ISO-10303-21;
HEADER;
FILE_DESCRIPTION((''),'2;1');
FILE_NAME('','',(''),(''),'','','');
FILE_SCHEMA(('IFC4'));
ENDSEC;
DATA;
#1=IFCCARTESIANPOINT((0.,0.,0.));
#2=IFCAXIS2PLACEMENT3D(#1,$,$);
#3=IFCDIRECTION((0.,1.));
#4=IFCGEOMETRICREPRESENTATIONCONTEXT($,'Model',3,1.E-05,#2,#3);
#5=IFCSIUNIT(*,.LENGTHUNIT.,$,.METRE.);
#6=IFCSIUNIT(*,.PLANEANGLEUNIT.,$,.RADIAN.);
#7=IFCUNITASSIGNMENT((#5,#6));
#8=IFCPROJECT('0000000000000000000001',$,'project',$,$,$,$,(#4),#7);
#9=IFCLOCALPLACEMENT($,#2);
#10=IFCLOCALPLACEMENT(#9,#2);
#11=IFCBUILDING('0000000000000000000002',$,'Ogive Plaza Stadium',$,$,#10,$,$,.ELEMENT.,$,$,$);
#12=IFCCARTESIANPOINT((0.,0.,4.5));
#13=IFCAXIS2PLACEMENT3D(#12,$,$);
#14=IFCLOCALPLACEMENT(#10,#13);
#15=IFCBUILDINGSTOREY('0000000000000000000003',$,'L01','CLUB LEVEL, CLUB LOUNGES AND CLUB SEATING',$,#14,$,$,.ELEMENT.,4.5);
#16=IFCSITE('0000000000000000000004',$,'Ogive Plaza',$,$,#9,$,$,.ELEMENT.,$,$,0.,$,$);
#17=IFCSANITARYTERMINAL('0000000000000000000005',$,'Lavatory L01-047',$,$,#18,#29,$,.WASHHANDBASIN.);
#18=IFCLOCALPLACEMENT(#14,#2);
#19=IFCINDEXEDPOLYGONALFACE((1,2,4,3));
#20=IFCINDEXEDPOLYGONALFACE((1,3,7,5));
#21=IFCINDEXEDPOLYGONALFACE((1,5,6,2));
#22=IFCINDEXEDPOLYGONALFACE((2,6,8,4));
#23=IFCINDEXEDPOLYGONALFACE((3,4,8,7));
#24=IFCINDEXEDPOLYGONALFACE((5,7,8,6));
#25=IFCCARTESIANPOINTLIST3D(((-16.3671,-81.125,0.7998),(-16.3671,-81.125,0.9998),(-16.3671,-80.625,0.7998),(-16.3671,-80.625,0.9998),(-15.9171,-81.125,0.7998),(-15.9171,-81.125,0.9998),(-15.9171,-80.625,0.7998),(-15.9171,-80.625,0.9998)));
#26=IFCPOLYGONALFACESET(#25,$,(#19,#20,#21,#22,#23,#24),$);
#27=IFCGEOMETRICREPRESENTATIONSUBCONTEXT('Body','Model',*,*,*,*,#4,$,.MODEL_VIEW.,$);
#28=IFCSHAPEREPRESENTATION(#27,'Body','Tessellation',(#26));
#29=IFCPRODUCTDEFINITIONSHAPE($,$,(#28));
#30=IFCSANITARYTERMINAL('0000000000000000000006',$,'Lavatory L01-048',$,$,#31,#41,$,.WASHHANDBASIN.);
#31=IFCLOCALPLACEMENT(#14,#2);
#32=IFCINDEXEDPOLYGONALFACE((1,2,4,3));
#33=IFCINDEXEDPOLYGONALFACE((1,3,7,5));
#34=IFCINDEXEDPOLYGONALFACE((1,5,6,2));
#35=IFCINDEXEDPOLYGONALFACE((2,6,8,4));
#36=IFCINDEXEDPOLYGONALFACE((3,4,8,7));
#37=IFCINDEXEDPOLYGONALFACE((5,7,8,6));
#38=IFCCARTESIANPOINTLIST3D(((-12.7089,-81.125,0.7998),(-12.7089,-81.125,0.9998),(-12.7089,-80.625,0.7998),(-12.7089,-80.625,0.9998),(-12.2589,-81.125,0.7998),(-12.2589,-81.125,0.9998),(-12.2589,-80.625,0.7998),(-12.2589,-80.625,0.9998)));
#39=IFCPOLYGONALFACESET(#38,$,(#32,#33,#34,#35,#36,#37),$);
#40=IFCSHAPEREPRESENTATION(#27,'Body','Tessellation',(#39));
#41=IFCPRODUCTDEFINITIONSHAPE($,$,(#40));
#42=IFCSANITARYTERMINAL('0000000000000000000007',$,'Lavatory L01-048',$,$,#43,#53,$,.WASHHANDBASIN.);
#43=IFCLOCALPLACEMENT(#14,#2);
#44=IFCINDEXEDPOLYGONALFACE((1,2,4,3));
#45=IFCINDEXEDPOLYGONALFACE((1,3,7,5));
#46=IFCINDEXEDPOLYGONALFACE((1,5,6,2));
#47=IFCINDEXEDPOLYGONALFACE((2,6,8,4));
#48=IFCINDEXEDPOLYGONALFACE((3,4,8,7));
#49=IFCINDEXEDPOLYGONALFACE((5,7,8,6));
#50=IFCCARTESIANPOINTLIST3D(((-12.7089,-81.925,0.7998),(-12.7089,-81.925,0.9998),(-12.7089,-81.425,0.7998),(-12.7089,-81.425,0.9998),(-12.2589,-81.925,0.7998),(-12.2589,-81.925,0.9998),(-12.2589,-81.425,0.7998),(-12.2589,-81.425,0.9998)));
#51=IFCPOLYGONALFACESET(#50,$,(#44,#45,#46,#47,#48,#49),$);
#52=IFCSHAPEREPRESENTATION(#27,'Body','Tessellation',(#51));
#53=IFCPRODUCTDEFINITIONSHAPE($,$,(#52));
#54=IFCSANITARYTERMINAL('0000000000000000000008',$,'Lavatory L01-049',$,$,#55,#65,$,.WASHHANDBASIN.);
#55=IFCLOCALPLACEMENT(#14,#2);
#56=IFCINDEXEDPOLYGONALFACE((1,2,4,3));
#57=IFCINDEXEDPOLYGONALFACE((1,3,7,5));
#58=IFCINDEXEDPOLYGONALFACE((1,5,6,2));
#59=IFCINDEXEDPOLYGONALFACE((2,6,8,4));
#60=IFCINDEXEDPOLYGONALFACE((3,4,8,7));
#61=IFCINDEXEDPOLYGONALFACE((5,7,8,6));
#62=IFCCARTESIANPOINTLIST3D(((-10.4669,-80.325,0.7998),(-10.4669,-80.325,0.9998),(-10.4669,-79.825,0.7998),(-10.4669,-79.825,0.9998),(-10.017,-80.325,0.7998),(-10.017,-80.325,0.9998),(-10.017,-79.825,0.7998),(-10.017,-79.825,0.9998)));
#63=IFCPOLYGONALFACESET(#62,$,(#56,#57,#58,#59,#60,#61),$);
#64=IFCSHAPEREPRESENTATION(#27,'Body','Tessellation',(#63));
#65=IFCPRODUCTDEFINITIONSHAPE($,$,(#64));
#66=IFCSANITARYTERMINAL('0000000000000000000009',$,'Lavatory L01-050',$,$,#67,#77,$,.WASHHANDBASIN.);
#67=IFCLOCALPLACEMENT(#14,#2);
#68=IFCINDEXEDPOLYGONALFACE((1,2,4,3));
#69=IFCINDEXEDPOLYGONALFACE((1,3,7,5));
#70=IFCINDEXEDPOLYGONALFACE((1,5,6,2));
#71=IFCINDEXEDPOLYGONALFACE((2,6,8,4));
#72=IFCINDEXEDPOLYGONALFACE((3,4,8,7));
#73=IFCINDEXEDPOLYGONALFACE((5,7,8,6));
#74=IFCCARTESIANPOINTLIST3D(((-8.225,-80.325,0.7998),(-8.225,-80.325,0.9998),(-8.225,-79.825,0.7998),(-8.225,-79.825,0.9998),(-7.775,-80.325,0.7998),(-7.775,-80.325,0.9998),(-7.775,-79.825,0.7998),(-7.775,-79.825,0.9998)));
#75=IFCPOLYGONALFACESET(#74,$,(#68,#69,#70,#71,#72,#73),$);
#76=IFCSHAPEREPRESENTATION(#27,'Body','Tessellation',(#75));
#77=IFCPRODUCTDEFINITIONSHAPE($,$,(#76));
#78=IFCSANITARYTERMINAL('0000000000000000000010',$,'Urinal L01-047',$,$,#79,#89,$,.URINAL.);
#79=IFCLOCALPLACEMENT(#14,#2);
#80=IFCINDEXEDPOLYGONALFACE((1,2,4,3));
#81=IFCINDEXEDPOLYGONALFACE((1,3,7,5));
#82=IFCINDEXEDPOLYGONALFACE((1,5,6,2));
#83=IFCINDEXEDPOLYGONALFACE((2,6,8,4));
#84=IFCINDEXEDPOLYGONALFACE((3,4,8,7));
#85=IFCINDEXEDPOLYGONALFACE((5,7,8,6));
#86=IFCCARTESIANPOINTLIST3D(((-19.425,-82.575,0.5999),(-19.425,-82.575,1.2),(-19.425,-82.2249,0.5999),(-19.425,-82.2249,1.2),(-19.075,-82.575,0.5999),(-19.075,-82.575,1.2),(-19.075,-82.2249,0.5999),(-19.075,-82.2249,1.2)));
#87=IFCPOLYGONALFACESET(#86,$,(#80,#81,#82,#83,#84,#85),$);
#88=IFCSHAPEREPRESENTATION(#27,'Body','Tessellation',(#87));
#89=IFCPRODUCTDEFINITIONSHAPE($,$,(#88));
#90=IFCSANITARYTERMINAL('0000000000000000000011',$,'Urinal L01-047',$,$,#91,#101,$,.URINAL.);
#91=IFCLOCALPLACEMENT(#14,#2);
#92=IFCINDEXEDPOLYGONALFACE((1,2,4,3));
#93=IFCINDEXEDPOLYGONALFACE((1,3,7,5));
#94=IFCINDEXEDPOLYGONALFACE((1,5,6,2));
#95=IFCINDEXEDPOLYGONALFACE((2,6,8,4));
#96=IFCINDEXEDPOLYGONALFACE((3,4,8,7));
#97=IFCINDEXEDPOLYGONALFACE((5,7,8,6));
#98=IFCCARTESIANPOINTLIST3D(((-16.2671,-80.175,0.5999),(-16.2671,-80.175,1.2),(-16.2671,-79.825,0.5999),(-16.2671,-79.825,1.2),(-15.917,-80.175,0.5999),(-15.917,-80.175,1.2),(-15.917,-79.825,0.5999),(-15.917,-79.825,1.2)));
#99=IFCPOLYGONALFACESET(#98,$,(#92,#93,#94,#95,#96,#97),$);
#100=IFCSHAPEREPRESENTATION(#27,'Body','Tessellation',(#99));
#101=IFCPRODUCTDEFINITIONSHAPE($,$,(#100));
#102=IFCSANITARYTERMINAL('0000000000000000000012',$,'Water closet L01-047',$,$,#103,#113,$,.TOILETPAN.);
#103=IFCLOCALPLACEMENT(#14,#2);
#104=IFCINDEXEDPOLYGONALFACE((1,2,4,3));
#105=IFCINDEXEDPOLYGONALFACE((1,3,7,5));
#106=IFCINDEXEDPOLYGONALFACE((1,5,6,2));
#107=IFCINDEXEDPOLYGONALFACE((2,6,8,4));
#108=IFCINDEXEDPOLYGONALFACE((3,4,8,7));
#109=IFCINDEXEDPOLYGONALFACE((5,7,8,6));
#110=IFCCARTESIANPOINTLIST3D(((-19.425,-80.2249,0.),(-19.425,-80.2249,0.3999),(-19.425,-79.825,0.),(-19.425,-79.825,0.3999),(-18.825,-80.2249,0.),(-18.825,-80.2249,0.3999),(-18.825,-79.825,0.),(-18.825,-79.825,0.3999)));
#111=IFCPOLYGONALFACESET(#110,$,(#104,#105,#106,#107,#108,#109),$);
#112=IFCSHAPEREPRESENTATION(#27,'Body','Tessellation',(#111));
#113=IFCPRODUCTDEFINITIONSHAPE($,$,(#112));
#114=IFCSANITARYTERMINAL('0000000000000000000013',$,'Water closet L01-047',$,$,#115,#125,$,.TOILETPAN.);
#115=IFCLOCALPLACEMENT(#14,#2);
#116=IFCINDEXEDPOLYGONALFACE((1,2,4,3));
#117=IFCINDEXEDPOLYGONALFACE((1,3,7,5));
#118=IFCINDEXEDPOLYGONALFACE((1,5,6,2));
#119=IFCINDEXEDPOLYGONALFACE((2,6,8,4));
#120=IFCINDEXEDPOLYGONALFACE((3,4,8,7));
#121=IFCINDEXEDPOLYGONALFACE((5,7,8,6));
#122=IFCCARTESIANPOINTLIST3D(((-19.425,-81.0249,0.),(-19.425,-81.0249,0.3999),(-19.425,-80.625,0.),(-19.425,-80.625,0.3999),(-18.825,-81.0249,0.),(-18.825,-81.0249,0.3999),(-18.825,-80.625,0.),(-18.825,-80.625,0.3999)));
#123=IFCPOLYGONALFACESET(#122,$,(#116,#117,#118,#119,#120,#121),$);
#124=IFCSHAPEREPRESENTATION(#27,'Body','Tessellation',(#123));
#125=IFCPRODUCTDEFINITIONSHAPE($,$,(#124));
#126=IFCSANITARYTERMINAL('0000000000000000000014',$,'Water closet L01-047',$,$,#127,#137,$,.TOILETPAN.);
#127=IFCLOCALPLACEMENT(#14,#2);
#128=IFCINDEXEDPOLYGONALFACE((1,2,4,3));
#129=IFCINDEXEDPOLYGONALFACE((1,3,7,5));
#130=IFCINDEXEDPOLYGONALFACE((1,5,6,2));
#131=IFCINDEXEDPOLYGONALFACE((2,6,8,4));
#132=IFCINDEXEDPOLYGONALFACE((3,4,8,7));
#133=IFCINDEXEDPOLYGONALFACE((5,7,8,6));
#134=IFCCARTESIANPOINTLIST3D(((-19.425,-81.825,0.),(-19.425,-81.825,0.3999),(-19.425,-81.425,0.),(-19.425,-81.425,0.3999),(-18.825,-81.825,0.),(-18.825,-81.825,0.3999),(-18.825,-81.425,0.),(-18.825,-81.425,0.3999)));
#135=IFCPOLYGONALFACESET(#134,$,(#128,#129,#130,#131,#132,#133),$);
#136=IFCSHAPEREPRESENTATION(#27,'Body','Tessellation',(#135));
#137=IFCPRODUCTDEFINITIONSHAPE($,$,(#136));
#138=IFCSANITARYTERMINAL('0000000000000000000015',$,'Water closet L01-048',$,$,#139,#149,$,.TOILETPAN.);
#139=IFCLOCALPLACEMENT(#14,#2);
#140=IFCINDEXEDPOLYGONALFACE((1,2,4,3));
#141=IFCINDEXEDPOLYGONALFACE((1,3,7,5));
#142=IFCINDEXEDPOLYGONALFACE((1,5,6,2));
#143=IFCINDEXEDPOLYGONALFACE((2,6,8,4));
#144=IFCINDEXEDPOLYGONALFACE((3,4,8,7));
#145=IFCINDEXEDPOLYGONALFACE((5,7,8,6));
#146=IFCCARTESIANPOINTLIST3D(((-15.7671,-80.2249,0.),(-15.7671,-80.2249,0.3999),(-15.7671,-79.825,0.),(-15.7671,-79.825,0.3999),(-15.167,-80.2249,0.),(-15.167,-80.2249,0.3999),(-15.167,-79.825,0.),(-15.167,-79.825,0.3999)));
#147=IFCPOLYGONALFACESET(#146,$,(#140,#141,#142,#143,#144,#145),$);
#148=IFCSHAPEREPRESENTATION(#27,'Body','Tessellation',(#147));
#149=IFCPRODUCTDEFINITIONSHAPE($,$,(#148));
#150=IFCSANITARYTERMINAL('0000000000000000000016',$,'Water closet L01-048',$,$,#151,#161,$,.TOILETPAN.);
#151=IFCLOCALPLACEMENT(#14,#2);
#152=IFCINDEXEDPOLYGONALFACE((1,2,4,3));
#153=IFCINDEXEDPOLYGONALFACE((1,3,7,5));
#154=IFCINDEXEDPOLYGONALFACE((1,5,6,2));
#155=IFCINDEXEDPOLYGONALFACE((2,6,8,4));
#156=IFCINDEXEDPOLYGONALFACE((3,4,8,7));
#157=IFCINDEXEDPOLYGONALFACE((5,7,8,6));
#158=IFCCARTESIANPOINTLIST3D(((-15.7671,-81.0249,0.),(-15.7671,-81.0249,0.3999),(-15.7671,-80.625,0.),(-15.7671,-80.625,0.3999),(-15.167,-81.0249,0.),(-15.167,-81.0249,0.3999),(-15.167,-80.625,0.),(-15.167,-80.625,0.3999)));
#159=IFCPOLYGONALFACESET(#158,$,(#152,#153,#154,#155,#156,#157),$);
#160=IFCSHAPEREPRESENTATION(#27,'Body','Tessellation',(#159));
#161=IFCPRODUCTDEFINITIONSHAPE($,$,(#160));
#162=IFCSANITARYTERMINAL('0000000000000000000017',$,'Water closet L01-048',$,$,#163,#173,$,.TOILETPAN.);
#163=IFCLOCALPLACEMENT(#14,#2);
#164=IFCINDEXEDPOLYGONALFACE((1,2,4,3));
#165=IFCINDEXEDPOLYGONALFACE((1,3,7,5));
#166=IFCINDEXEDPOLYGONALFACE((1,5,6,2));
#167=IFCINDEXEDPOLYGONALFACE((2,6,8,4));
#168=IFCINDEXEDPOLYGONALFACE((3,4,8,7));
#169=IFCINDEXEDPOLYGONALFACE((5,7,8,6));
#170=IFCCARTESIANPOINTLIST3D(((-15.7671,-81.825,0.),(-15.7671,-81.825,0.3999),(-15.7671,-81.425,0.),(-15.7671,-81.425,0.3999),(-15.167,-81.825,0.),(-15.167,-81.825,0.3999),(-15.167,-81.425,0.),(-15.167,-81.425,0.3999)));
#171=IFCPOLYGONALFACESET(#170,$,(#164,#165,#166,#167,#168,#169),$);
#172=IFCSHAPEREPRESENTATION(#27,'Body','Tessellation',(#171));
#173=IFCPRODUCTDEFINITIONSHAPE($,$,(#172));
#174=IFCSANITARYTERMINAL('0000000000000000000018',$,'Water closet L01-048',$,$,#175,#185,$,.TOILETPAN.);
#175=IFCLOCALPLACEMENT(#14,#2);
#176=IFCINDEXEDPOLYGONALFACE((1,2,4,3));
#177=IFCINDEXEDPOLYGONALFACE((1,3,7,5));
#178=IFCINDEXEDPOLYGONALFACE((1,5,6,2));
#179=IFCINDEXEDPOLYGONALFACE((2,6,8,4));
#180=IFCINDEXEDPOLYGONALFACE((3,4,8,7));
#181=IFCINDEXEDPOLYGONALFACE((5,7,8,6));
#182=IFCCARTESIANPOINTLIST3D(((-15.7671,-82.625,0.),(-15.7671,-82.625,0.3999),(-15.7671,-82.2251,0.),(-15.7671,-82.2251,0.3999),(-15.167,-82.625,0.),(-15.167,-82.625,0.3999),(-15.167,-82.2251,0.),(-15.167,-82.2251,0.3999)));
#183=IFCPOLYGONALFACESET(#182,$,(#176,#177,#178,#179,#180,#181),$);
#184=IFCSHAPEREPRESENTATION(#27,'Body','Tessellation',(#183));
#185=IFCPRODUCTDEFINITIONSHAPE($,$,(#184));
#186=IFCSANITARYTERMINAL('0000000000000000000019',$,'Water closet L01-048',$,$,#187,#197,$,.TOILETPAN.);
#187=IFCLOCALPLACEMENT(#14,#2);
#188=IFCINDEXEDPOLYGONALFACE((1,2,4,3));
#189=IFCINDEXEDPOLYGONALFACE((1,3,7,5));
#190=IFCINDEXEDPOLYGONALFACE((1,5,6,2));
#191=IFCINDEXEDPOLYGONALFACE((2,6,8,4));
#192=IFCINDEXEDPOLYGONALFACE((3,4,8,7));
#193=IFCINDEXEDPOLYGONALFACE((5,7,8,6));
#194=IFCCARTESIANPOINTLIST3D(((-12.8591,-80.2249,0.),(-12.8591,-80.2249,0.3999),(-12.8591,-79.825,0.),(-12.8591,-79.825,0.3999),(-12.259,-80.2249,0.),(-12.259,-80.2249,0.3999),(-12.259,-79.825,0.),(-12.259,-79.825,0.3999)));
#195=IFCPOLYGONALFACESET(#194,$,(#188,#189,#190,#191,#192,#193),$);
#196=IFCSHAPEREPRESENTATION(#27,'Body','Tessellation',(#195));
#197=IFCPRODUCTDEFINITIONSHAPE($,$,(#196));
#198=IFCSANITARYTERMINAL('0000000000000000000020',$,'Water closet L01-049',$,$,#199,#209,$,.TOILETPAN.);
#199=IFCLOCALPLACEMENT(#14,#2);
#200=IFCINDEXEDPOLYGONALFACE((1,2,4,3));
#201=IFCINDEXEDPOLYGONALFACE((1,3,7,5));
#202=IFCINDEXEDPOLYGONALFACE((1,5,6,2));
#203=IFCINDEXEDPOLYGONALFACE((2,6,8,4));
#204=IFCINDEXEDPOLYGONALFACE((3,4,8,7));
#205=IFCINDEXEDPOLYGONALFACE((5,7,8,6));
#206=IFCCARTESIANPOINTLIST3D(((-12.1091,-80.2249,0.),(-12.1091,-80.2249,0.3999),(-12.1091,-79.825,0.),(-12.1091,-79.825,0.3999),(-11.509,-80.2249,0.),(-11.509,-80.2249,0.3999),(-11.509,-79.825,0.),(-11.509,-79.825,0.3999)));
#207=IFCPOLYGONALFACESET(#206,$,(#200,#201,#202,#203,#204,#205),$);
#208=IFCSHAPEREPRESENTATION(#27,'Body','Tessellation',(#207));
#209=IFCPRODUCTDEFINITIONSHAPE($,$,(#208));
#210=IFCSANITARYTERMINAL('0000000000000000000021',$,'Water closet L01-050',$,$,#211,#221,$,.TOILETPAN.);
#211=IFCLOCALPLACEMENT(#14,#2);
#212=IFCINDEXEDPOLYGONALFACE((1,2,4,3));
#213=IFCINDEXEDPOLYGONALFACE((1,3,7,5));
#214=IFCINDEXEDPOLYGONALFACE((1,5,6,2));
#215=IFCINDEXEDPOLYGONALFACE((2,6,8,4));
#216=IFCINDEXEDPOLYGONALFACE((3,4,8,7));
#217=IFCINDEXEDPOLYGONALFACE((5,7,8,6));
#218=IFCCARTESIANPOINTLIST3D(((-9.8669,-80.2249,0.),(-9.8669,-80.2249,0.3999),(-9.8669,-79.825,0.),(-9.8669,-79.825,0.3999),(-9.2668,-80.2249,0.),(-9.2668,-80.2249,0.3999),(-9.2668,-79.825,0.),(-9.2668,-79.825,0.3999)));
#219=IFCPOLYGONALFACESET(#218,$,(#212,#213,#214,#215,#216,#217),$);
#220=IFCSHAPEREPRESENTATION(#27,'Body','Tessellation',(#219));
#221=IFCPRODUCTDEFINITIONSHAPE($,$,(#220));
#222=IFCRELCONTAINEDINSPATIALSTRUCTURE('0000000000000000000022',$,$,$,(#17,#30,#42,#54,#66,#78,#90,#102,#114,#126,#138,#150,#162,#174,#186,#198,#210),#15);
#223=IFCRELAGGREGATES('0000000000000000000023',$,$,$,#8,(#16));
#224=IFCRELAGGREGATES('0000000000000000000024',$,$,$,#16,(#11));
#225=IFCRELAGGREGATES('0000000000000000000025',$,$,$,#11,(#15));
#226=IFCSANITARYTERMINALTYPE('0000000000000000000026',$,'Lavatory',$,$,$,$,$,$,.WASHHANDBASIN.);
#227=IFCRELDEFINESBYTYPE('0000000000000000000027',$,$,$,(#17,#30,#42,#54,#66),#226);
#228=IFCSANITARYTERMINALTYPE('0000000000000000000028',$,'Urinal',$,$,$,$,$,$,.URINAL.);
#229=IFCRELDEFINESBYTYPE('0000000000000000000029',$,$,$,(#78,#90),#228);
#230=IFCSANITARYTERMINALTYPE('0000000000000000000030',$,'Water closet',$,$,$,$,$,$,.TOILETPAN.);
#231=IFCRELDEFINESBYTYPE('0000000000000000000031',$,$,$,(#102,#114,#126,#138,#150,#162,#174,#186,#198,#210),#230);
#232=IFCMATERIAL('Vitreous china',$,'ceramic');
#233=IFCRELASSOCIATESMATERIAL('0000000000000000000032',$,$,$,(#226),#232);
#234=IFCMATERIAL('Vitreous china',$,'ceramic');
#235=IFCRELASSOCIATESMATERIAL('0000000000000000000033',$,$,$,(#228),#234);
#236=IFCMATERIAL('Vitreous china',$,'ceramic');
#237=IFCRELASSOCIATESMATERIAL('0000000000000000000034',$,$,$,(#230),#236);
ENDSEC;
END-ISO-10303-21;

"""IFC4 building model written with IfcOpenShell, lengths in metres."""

from ifc_helpers import new_model, si_unit, direction, frame, origin, origin_2d, place, context, subcontext, project, spatial, rectangle, extrude, material, type_object, element, save


model = new_model("IFC4")

# Units and contexts
model_context = context("Model", 3, precision=1e-05, world=origin(), true_north=direction((0.0, 1.0)))
body_context = subcontext(model_context, "Body", "Model", "MODEL_VIEW")
ifc_project = project(units=[si_unit("LENGTHUNIT", "METRE"), si_unit("PLANEANGLEUNIT", "RADIAN")], contexts=[model_context])

# Site, building, storey
site_placement = place(None, origin())
site = spatial("IfcSite", under=ifc_project, at=site_placement, Name="Ogive Plaza", CompositionType="ELEMENT", RefElevation=0.0)
building_placement = place(site_placement, origin())
building = spatial("IfcBuilding", under=site, at=building_placement, Name="Ogive Plaza Stadium", CompositionType="ELEMENT")
storey_placement = place(building_placement, frame((0.0, 0.0, 4.5)))
storey = spatial("IfcBuildingStorey", under=building, at=storey_placement, Name="L01", Description="CLUB LEVEL, CLUB LOUNGES AND CLUB SEATING", CompositionType="ELEMENT", Elevation=4.5)

# Sanitary terminals
ifc_material_1 = material(Name="Vitreous china", Category="ceramic")
sanitary_terminal_type_1 = type_object("IfcSanitaryTerminalType", Name="Lavatory", PredefinedType="WASHHANDBASIN", material=ifc_material_1)
for number, where, z_axis, x_axis, name in (
    (1, (-16.1421, -80.875, 0.7998), (0.0, 0.0, 1.0), (0.0, -1.0, 0.0), "Lavatory L01-047"),
    (2, (-12.4839, -80.875, 0.7998), (0.0, 0.0, 1.0), (0.0, -1.0, 0.0), "Lavatory L01-048"),
    (3, (-12.4839, -81.675, 0.7998), (0.0, 0.0, 1.0), (0.0, -1.0, 0.0), "Lavatory L01-048"),
    (4, (-10.2419, -80.075, 0.7998), (0.0, 0.0, 1.0), (0.0, -1.0, 0.0), "Lavatory L01-049"),
    (5, (-8.0, -80.075, 0.7998), (0.0, 0.0, 1.0), (0.0, -1.0, 0.0), "Lavatory L01-050"),
):
    element("IfcSanitaryTerminal", number, at=place(storey_placement, frame(where, z_axis=z_axis, x_axis=x_axis)), inside=storey, type_object=sanitary_terminal_type_1, Name=name, PredefinedType="WASHHANDBASIN", context=body_context, shape_type="SweptSolid", body=[
        extrude(rectangle(XDim=0.5, YDim=0.45, at=origin_2d()), origin(), (0.0, 0.0, 1.0), 0.2),
    ])
ifc_material_2 = material(Name="Vitreous china", Category="ceramic")
sanitary_terminal_type_2 = type_object("IfcSanitaryTerminalType", Name="Urinal", PredefinedType="URINAL", material=ifc_material_2)
for number, where, z_axis, x_axis, name in (
    (6, (-19.25, -82.3999, 0.5999), (0.0, 0.0, 1.0), (0.0, -1.0, 0.0), "Urinal L01-047"),
    (7, (-16.092, -80.0, 0.5999), (0.0, 0.0, 1.0), (0.0, -1.0, 0.0), "Urinal L01-047"),
):
    element("IfcSanitaryTerminal", number, at=place(storey_placement, frame(where, z_axis=z_axis, x_axis=x_axis)), inside=storey, type_object=sanitary_terminal_type_2, Name=name, PredefinedType="URINAL", context=body_context, shape_type="SweptSolid", body=[
        extrude(rectangle(XDim=0.3501, YDim=0.3501, at=origin_2d()), origin(), (0.0, 0.0, 1.0), 0.6001),
    ])
ifc_material_3 = material(Name="Vitreous china", Category="ceramic")
sanitary_terminal_type_3 = type_object("IfcSanitaryTerminalType", Name="Water closet", PredefinedType="TOILETPAN", material=ifc_material_3)
for number, where, z_axis, x_axis, name in (
    (8, (-19.125, -80.0249, 0.0), (0.0, 0.0, 1.0), (0.0, -1.0, 0.0), "Water closet L01-047"),
    (9, (-19.125, -80.825, 0.0), (0.0, 0.0, 1.0), (0.0, -1.0, 0.0), "Water closet L01-047"),
    (10, (-19.125, -81.625, 0.0), (0.0, 0.0, 1.0), (0.0, -1.0, 0.0), "Water closet L01-047"),
    (11, (-15.467, -80.0249, 0.0), (0.0, 0.0, 1.0), (0.0, -1.0, 0.0), "Water closet L01-048"),
    (12, (-15.467, -80.825, 0.0), (0.0, 0.0, 1.0), (0.0, -1.0, 0.0), "Water closet L01-048"),
    (13, (-15.467, -81.625, 0.0), (0.0, 0.0, 1.0), (0.0, -1.0, 0.0), "Water closet L01-048"),
    (14, (-15.467, -82.425, 0.0), (0.0, 0.0, 1.0), (0.0, -1.0, 0.0), "Water closet L01-048"),
    (15, (-12.5591, -80.0249, 0.0), (0.0, 0.0, 1.0), (0.0, -1.0, 0.0), "Water closet L01-048"),
    (16, (-11.8091, -80.0249, 0.0), (0.0, 0.0, 1.0), (0.0, -1.0, 0.0), "Water closet L01-049"),
    (17, (-9.5669, -80.0249, 0.0), (0.0, 0.0, 1.0), (0.0, -1.0, 0.0), "Water closet L01-050"),
):
    element("IfcSanitaryTerminal", number, at=place(storey_placement, frame(where, z_axis=z_axis, x_axis=x_axis)), inside=storey, type_object=sanitary_terminal_type_3, Name=name, PredefinedType="TOILETPAN", context=body_context, shape_type="SweptSolid", body=[
        extrude(rectangle(XDim=0.3999, YDim=0.6001, at=origin_2d()), origin(), (0.0, 0.0, 1.0), 0.3999),
    ])

save(model, "model.ifc")
